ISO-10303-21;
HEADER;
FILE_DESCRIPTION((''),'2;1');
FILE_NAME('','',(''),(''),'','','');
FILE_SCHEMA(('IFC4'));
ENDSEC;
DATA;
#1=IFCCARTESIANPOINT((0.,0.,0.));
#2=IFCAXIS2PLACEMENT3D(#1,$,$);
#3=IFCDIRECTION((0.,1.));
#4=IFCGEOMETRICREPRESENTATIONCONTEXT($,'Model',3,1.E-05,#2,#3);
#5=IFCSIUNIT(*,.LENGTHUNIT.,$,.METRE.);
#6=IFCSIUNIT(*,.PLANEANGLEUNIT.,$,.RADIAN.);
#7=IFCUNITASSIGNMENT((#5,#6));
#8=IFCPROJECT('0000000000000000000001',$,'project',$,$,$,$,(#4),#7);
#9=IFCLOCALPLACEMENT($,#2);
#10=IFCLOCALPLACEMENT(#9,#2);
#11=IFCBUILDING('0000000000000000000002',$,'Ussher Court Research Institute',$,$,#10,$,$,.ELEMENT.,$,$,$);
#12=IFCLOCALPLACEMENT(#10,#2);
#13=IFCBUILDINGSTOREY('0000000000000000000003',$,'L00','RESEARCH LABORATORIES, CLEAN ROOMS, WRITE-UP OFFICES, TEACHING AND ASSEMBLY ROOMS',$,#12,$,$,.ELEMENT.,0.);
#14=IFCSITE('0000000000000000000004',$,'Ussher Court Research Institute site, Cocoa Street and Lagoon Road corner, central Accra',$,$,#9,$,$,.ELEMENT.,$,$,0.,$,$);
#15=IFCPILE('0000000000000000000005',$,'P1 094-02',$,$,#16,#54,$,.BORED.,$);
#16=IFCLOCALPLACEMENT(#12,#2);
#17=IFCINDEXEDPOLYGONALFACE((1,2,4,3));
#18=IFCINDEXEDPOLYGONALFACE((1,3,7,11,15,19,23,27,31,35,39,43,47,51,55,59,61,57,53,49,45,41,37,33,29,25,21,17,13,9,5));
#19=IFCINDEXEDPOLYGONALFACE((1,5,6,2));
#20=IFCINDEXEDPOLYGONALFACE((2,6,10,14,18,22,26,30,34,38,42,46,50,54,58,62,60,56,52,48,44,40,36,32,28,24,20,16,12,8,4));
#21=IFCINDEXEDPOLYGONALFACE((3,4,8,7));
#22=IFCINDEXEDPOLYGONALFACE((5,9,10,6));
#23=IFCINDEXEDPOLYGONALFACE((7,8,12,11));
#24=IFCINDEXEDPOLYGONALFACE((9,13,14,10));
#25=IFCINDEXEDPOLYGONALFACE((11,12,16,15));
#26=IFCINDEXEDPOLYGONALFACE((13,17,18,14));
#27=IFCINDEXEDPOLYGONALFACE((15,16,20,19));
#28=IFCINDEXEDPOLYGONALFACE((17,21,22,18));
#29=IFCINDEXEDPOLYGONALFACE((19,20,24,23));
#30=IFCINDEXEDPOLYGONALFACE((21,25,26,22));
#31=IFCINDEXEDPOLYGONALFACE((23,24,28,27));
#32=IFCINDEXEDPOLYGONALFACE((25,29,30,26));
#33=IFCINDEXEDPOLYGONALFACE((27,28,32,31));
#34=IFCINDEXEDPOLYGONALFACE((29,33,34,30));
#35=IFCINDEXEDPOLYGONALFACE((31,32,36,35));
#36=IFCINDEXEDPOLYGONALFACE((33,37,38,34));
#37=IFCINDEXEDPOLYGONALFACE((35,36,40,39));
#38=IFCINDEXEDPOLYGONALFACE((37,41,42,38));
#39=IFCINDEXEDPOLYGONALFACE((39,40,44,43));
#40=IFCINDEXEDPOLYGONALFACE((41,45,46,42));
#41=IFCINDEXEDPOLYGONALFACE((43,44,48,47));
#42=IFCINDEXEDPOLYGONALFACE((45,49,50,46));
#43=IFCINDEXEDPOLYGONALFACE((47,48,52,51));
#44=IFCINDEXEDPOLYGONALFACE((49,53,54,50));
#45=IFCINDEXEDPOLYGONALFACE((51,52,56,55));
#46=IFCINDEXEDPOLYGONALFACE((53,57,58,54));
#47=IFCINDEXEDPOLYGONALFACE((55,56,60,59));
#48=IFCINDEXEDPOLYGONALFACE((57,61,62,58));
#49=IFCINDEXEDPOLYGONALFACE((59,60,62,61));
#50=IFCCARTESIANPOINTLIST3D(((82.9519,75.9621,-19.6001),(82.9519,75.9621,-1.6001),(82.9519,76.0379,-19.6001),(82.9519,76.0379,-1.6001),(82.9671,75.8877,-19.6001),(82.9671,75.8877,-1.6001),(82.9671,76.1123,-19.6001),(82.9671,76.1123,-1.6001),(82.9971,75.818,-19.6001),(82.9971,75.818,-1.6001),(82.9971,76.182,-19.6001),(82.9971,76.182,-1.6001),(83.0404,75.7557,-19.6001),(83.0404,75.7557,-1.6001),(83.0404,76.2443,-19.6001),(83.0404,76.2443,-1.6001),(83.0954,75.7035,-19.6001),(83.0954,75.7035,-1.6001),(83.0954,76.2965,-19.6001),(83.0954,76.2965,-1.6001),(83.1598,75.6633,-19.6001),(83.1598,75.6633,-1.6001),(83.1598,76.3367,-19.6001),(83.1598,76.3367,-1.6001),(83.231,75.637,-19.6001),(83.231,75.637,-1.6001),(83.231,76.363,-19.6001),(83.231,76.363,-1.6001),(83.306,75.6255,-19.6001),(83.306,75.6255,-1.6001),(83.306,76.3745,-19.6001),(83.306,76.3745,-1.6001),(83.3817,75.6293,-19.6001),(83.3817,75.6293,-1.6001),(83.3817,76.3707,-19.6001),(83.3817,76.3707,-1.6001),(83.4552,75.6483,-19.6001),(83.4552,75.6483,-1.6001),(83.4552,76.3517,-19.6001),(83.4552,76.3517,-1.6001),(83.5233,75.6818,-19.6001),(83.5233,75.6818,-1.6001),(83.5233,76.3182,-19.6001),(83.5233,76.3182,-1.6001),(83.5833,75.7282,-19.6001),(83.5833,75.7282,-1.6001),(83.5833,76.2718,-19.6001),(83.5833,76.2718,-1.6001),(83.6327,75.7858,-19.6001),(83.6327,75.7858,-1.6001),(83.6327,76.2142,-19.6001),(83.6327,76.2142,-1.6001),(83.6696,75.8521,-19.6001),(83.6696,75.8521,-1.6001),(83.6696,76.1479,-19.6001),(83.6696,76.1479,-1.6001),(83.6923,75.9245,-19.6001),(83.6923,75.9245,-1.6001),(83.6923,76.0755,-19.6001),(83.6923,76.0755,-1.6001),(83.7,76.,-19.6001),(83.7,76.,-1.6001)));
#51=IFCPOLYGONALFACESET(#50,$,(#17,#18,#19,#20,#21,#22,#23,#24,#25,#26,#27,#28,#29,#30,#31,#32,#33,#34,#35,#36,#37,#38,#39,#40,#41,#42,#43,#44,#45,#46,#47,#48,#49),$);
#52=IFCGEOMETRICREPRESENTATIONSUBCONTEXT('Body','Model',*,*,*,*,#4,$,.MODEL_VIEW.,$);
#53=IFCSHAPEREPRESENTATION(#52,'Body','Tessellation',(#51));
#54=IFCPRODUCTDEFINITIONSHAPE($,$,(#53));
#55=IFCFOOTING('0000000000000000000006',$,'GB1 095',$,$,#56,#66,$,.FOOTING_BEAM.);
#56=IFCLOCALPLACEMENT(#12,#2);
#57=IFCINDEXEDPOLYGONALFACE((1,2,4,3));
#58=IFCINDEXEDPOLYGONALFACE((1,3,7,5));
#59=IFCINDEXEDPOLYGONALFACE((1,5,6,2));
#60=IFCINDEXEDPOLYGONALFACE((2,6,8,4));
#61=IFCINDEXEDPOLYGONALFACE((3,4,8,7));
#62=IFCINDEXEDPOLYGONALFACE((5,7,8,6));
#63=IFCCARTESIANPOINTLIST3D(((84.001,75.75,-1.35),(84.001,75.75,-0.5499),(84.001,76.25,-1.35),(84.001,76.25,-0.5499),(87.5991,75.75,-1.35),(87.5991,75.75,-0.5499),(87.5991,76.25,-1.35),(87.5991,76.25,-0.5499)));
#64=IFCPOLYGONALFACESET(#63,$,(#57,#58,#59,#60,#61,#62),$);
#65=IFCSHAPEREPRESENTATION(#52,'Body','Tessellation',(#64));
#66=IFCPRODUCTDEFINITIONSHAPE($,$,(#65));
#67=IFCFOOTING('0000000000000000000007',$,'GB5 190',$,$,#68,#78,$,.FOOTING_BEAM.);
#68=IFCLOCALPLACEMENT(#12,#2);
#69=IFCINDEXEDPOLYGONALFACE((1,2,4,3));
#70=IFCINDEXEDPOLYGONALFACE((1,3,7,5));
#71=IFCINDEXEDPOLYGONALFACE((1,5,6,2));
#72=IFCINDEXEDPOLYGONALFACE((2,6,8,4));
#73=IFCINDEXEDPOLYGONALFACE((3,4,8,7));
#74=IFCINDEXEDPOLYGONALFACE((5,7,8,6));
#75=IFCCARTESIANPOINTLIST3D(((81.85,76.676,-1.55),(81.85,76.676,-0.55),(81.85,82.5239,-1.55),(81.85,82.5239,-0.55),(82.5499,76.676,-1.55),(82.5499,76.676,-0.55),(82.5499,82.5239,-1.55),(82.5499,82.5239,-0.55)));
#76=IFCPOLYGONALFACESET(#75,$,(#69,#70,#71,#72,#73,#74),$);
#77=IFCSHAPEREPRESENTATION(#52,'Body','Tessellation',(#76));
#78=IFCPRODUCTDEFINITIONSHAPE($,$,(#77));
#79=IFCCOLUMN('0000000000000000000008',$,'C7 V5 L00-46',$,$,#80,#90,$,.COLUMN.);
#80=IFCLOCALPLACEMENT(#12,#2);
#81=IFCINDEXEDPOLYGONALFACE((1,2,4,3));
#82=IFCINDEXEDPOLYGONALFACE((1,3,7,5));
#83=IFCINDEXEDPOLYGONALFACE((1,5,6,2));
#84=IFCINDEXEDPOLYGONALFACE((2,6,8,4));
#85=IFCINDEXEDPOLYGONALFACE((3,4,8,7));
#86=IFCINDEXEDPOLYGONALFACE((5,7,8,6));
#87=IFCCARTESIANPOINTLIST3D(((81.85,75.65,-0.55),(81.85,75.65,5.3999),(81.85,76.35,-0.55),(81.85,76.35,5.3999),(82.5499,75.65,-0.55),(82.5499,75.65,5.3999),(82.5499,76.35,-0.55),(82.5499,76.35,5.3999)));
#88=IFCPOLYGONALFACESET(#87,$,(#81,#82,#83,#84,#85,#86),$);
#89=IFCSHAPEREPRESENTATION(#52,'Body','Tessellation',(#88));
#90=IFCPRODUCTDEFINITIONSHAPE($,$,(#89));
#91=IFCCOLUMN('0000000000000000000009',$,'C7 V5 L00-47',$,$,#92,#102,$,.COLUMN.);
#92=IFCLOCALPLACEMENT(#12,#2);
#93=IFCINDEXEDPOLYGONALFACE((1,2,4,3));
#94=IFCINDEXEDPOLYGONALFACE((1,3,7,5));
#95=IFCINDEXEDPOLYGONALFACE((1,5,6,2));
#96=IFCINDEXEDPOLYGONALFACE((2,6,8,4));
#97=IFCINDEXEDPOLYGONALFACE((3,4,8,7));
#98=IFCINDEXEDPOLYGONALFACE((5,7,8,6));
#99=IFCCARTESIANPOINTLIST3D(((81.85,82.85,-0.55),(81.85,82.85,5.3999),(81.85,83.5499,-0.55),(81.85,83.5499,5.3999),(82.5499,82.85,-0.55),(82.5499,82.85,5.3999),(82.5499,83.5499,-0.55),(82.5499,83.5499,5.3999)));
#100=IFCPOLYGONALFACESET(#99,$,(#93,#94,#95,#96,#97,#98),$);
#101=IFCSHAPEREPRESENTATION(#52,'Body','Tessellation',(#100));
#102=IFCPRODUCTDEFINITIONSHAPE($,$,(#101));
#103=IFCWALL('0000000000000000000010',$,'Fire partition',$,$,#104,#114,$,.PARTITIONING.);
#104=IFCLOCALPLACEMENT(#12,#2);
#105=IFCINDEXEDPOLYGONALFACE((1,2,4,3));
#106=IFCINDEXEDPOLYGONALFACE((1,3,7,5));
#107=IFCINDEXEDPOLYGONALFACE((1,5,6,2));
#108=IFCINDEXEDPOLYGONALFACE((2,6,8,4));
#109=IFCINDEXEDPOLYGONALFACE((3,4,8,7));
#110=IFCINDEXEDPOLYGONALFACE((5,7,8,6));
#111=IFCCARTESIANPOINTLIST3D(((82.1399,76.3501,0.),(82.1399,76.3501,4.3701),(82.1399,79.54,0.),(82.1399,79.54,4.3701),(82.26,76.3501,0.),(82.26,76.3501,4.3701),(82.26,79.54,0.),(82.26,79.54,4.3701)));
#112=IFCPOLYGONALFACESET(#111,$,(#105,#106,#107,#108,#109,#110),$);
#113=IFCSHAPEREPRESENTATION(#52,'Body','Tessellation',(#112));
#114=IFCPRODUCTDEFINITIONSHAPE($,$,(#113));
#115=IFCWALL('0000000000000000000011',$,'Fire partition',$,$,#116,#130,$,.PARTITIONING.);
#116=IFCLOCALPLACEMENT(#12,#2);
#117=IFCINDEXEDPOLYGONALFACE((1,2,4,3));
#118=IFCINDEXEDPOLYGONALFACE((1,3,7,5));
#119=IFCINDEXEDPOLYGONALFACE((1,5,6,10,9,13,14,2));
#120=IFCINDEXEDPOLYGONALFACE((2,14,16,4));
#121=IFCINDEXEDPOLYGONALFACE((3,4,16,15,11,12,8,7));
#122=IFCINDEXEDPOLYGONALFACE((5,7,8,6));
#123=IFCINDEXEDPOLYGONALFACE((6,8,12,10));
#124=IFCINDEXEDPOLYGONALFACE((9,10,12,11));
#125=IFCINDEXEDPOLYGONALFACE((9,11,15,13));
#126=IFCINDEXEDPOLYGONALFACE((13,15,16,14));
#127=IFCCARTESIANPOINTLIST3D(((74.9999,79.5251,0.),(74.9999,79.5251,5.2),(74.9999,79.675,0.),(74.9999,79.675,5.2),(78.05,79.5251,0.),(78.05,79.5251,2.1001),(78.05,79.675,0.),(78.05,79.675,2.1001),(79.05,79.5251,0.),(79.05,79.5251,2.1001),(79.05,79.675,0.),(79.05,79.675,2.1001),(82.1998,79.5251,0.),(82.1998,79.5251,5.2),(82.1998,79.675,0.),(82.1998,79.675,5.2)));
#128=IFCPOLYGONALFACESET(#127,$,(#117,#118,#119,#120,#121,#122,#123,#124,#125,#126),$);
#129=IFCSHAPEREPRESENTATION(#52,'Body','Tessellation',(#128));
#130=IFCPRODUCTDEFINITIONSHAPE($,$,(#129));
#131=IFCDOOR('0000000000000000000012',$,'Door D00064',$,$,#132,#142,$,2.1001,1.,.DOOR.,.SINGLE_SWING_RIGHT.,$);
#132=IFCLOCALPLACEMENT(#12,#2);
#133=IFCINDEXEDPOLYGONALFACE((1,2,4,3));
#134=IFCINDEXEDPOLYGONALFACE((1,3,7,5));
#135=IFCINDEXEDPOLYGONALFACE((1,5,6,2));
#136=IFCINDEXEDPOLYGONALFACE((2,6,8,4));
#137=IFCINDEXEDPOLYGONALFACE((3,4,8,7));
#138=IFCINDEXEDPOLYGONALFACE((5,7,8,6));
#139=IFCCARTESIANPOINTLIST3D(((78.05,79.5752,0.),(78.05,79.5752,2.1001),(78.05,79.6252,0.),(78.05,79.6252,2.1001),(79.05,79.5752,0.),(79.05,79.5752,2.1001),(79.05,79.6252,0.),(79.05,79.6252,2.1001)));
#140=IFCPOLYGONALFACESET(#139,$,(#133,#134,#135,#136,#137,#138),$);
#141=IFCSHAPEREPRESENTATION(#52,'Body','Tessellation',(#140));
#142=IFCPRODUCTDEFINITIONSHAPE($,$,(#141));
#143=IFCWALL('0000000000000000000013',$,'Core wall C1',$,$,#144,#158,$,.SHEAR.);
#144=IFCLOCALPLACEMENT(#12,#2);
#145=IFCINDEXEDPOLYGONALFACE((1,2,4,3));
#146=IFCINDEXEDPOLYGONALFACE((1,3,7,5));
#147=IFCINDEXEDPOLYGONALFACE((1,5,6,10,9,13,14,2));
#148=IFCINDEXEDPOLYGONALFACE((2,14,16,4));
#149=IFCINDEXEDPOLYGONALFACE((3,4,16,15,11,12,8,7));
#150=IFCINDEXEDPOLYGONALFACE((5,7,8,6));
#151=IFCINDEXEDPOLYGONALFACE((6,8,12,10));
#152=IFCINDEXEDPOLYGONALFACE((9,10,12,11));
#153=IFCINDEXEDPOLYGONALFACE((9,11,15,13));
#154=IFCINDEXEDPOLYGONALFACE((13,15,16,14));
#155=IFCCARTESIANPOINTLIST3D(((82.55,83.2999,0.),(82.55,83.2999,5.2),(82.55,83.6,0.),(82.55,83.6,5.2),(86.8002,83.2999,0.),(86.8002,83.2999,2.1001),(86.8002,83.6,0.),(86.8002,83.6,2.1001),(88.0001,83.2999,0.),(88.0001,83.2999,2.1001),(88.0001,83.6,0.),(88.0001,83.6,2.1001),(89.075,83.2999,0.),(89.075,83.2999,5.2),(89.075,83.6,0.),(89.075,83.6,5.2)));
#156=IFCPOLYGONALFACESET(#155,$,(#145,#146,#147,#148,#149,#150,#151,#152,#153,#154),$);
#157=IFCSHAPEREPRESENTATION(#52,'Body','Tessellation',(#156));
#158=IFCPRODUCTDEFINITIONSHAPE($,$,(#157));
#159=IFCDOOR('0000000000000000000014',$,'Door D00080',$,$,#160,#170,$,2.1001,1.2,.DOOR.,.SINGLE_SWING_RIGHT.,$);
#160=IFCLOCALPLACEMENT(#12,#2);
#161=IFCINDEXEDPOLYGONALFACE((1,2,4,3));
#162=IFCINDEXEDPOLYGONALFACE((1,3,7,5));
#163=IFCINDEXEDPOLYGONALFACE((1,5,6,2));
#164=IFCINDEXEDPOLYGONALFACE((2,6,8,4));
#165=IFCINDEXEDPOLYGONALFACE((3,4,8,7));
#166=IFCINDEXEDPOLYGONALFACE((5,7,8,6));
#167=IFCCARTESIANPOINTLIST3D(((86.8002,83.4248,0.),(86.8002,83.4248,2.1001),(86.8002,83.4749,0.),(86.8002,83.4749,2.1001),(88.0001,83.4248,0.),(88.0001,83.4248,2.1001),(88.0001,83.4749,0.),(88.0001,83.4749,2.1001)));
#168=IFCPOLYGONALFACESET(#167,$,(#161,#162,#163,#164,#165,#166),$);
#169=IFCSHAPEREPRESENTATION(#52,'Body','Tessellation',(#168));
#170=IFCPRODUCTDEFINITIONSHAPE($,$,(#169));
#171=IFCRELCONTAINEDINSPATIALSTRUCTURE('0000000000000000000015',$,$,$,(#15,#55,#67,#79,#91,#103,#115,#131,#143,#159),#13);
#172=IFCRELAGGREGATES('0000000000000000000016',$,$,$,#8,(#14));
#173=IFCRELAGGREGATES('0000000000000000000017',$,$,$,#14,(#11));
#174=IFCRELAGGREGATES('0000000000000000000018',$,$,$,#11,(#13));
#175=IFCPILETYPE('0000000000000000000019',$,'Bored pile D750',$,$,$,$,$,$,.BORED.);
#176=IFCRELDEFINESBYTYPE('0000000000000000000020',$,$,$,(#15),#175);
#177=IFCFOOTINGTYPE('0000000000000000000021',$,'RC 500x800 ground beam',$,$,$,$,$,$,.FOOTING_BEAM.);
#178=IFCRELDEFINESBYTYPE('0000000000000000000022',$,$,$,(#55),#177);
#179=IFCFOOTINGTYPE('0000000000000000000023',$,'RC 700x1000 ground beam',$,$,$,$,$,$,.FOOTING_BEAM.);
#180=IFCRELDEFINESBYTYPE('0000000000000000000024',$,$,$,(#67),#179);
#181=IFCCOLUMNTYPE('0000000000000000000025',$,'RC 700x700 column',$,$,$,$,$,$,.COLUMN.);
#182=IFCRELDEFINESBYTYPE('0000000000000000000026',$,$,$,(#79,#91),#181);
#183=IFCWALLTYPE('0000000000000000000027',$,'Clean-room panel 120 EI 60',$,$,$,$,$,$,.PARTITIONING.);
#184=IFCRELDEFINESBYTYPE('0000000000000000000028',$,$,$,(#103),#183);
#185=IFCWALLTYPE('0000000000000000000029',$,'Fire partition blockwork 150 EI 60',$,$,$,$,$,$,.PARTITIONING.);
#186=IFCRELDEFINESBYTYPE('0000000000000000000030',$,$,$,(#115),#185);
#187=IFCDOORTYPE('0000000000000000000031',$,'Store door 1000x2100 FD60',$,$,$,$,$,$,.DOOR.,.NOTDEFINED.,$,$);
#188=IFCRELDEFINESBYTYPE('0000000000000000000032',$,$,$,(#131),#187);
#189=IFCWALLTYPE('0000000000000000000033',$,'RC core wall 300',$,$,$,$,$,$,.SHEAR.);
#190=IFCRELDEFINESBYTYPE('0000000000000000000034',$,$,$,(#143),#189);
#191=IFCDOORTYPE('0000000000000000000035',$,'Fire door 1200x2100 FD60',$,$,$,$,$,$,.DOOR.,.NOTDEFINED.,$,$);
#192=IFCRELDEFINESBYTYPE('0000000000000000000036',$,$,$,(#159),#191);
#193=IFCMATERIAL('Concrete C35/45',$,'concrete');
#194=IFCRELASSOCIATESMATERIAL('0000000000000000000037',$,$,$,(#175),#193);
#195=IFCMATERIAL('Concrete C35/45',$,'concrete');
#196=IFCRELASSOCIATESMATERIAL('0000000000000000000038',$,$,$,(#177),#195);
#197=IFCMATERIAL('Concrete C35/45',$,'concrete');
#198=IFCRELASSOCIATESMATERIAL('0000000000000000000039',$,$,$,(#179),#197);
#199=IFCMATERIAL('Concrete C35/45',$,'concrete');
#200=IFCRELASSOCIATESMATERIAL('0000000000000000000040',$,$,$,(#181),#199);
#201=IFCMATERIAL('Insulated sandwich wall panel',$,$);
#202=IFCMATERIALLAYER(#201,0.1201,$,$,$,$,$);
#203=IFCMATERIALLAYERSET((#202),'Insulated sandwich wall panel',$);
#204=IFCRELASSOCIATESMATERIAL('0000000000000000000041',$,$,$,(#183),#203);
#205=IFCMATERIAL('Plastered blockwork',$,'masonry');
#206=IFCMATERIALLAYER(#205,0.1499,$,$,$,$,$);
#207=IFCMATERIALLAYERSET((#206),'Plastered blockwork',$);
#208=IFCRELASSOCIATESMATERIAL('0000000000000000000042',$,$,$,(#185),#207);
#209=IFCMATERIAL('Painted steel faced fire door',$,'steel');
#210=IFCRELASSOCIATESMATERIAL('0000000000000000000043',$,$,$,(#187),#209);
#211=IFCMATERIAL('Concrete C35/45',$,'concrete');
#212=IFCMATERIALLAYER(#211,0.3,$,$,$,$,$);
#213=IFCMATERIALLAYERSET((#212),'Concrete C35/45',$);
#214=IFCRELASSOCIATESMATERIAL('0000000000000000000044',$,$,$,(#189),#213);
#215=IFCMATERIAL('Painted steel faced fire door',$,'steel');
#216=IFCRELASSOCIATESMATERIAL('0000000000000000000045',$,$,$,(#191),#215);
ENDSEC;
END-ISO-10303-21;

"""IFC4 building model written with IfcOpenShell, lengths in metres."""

from ifc_helpers import new_model, si_unit, direction, frame, frame_2d, origin, origin_2d, place, context, subcontext, project, spatial, rectangle, circle, extrude, material, layer, layer_set, material_profile, profile_set, type_object, element, fill, save


model = new_model("IFC4")

# Units and contexts
model_context = context("Model", 3, precision=1e-05, world=origin(), true_north=direction((0.0, 1.0)))
body_context = subcontext(model_context, "Body", "Model", "MODEL_VIEW")
ifc_project = project(units=[si_unit("LENGTHUNIT", "METRE"), si_unit("PLANEANGLEUNIT", "RADIAN")], contexts=[model_context])

# Site, building, storey
site_placement = place(None, origin())
site = spatial("IfcSite", under=ifc_project, at=site_placement, Name="Ussher Court Research Institute site, Cocoa Street and Lagoon Road corner, central Accra", CompositionType="ELEMENT", RefElevation=0.0)
building_placement = place(site_placement, origin())
building = spatial("IfcBuilding", under=site, at=building_placement, Name="Ussher Court Research Institute", CompositionType="ELEMENT")
storey_placement = place(building_placement, origin())
storey = spatial("IfcBuildingStorey", under=building, at=storey_placement, Name="L00", Description="RESEARCH LABORATORIES, CLEAN ROOMS, WRITE-UP OFFICES, TEACHING AND ASSEMBLY ROOMS", CompositionType="ELEMENT", Elevation=0.0)

# Pile
ifc_material_1 = material(Name="Concrete C35/45", Category="concrete")
ifc_material_profile_1 = material_profile(ifc_material_1, circle(Radius=0.375, at=origin_2d()), Name="RC D750")
ifc_profile_set_1 = profile_set([ifc_material_profile_1], Name="Concrete C35/45")
pile_type_1 = type_object("IfcPileType", Name="Bored pile D750", PredefinedType="BORED", material=ifc_profile_set_1)
for number, where, z_axis, x_axis, name in (
    (1, (83.325, 76.0, -1.6001), (0.0, 0.0, -1.0), (1.0, 0.0, 0.0), "P1 094-02"),
):
    element("IfcPile", number, at=place(storey_placement, frame(where, z_axis=z_axis, x_axis=x_axis)), inside=storey, type_object=pile_type_1, Name=name, PredefinedType="BORED", context=body_context, shape_type="SweptSolid", body=[
        extrude(circle(Radius=0.375, at=origin_2d()), origin(), (0.0, 0.0, 1.0), 18.0),
    ])

# Footings
ifc_material_2 = material(Name="Concrete C35/45", Category="concrete")
ifc_material_profile_2 = material_profile(ifc_material_2, rectangle(XDim=0.5, YDim=0.8, at=origin_2d()), Name="RC 500x800")
ifc_profile_set_2 = profile_set([ifc_material_profile_2], Name="Concrete C35/45")
footing_type_1 = type_object("IfcFootingType", Name="RC 500x800 ground beam", PredefinedType="FOOTING_BEAM", material=ifc_profile_set_2)
footing_1_placement = place(storey_placement, frame((84.001, 76.0, -0.95), z_axis=(1.0, 0.0, 0.0), x_axis=(0.0, 1.0, 0.0)))
element("IfcFooting", 2, at=footing_1_placement, inside=storey, type_object=footing_type_1, Name="GB1 095", PredefinedType="FOOTING_BEAM", context=body_context, shape_type="SweptSolid", body=[
    extrude(rectangle(XDim=0.5, YDim=0.8, at=origin_2d()), origin(), (0.0, 0.0, 1.0), 3.5981),
])
ifc_material_3 = material(Name="Concrete C35/45", Category="concrete")
ifc_material_profile_3 = material_profile(ifc_material_3, rectangle(XDim=0.7, YDim=1.0, at=origin_2d()), Name="RC 700x1000")
ifc_profile_set_3 = profile_set([ifc_material_profile_3], Name="Concrete C35/45")
footing_type_2 = type_object("IfcFootingType", Name="RC 700x1000 ground beam", PredefinedType="FOOTING_BEAM", material=ifc_profile_set_3)
footing_2_placement = place(storey_placement, frame((82.2, 76.676, -1.05), z_axis=(0.0, 1.0, 0.0), x_axis=(-1.0, 0.0, 0.0)))
element("IfcFooting", 3, at=footing_2_placement, inside=storey, type_object=footing_type_2, Name="GB5 190", PredefinedType="FOOTING_BEAM", context=body_context, shape_type="SweptSolid", body=[
    extrude(rectangle(XDim=0.7, YDim=1.0, at=origin_2d()), origin(), (0.0, 0.0, 1.0), 5.8479),
])

# Columns
ifc_material_4 = material(Name="Concrete C35/45", Category="concrete")
ifc_material_profile_4 = material_profile(ifc_material_4, rectangle(XDim=0.7, YDim=0.7, at=origin_2d()), Name="RC 700x700")
ifc_profile_set_4 = profile_set([ifc_material_profile_4], Name="Concrete C35/45")
column_type = type_object("IfcColumnType", Name="RC 700x700 column", PredefinedType="COLUMN", material=ifc_profile_set_4)
for number, where, z_axis, x_axis, name in (
    (4, (82.2, 76.0, -0.55), (0.0, 0.0, 1.0), (1.0, 0.0, 0.0), "C7 V5 L00-46"),
    (5, (82.2, 83.2, -0.55), (0.0, 0.0, 1.0), (1.0, 0.0, 0.0), "C7 V5 L00-47"),
):
    element("IfcColumn", number, at=place(storey_placement, frame(where, z_axis=z_axis, x_axis=x_axis)), inside=storey, type_object=column_type, Name=name, PredefinedType="COLUMN", context=body_context, shape_type="SweptSolid", body=[
        extrude(rectangle(XDim=0.7, YDim=0.7, at=origin_2d()), origin(), (0.0, 0.0, 1.0), 5.95),
    ])

# Wall
ifc_material_5 = material(Name="Insulated sandwich wall panel")
ifc_layer_1 = layer(ifc_material_5, 0.1201)
ifc_layer_set_1 = layer_set([ifc_layer_1], Name="Insulated sandwich wall panel")
wall_type_1 = type_object("IfcWallType", Name="Clean-room panel 120 EI 60", PredefinedType="PARTITIONING", material=ifc_layer_set_1)
wall_1_placement = place(storey_placement, frame((82.2, 76.3501, 0.0), z_axis=(0.0, 0.0, 1.0), x_axis=(0.0, 1.0, 0.0)))
element("IfcWall", 6, at=wall_1_placement, inside=storey, type_object=wall_type_1, Name="Fire partition", PredefinedType="PARTITIONING", context=body_context, shape_type="SweptSolid", body=[
    extrude(rectangle(XDim=3.1899, YDim=0.1201, at=frame_2d((1.595, 0.0))), origin(), (0.0, 0.0, 1.0), 4.3701),
])

# Walls, openings, doors
ifc_material_6 = material(Name="Plastered blockwork", Category="masonry")
ifc_layer_2 = layer(ifc_material_6, 0.1499)
ifc_layer_set_2 = layer_set([ifc_layer_2], Name="Plastered blockwork")
wall_type_2 = type_object("IfcWallType", Name="Fire partition blockwork 150 EI 60", PredefinedType="PARTITIONING", material=ifc_layer_set_2)
wall_2_placement = place(storey_placement, frame((82.2, 79.6001, 0.0), z_axis=(0.0, 0.0, 1.0), x_axis=(-1.0, 0.0, 0.0)))
wall_2 = element("IfcWall", 7, at=wall_2_placement, inside=storey, type_object=wall_type_2, Name="Fire partition", PredefinedType="PARTITIONING", context=body_context, shape_type="SweptSolid", body=[
    extrude(rectangle(XDim=7.2, YDim=0.1499, at=frame_2d((3.6001, 0.0))), origin(), (0.0, 0.0, 1.0), 5.2),
])
opening_1_placement = place(wall_2_placement, frame((3.1499, 0.0, 0.0)))
opening_1 = element("IfcOpeningElement", 8, at=opening_1_placement, cuts=wall_2, PredefinedType="OPENING", context=body_context, shape_type="SweptSolid", body=[
    extrude(rectangle(XDim=1.0, YDim=2.1001, at=frame_2d((0.5, 1.05))), frame((0.0, 0.085, 0.0), z_axis=(0.0, -1.0, 0.0), x_axis=(1.0, 0.0, 0.0)), (0.0, 0.0, 1.0), 0.1699),
])
ifc_material_7 = material(Name="Painted steel faced fire door", Category="steel")
door_type_1 = type_object("IfcDoorType", Name="Store door 1000x2100 FD60", OperationType="NOTDEFINED", PredefinedType="DOOR", material=ifc_material_7)
door_1_placement = place(opening_1_placement, origin())
door_1 = element("IfcDoor", 9, at=door_1_placement, inside=storey, type_object=door_type_1, Name="Door D00064", OperationType="SINGLE_SWING_RIGHT", OverallHeight=2.1001, OverallWidth=1.0, PredefinedType="DOOR", context=body_context, shape_type="SweptSolid", body=[
    extrude(rectangle(XDim=1.0, YDim=2.1001, at=frame_2d((0.5, 1.05))), frame((0.0, 0.0249, 0.0), z_axis=(0.0, -1.0, 0.0), x_axis=(1.0, 0.0, 0.0)), (0.0, 0.0, 1.0), 0.05),
])
fill(opening_1, door_1)
ifc_material_8 = material(Name="Concrete C35/45", Category="concrete")
ifc_layer_3 = layer(ifc_material_8, 0.3)
ifc_layer_set_3 = layer_set([ifc_layer_3], Name="Concrete C35/45")
wall_type_3 = type_object("IfcWallType", Name="RC core wall 300", PredefinedType="SHEAR", material=ifc_layer_set_3)
wall_3_placement = place(storey_placement, frame((82.55, 83.45, 0.0), z_axis=(0.0, 0.0, 1.0), x_axis=(1.0, 0.0, 0.0)))
wall_3 = element("IfcWall", 10, at=wall_3_placement, inside=storey, type_object=wall_type_3, Name="Core wall C1", PredefinedType="SHEAR", context=body_context, shape_type="SweptSolid", body=[
    extrude(rectangle(XDim=6.5249, YDim=0.3, at=frame_2d((3.2625, 0.0))), origin(), (0.0, 0.0, 1.0), 5.2),
])
opening_2_placement = place(wall_3_placement, frame((4.25, 0.0, 0.0)))
opening_2 = element("IfcOpeningElement", 11, at=opening_2_placement, cuts=wall_3, PredefinedType="OPENING", context=body_context, shape_type="SweptSolid", body=[
    extrude(rectangle(XDim=1.2, YDim=2.1001, at=frame_2d((0.6001, 1.05))), frame((0.0, 0.1602, 0.0), z_axis=(0.0, -1.0, 0.0), x_axis=(1.0, 0.0, 0.0)), (0.0, 0.0, 1.0), 0.3201),
])
ifc_material_9 = material(Name="Painted steel faced fire door", Category="steel")
door_type_2 = type_object("IfcDoorType", Name="Fire door 1200x2100 FD60", OperationType="NOTDEFINED", PredefinedType="DOOR", material=ifc_material_9)
door_2_placement = place(opening_2_placement, origin())
door_2 = element("IfcDoor", 12, at=door_2_placement, inside=storey, type_object=door_type_2, Name="Door D00080", OperationType="SINGLE_SWING_RIGHT", OverallHeight=2.1001, OverallWidth=1.2, PredefinedType="DOOR", context=body_context, shape_type="SweptSolid", body=[
    extrude(rectangle(XDim=1.2, YDim=2.1001, at=frame_2d((0.6001, 1.05))), frame((0.0, 0.0249, 0.0), z_axis=(0.0, -1.0, 0.0), x_axis=(1.0, 0.0, 0.0)), (0.0, 0.0, 1.0), 0.05),
])
fill(opening_2, door_2)

save(model, "model.ifc")
